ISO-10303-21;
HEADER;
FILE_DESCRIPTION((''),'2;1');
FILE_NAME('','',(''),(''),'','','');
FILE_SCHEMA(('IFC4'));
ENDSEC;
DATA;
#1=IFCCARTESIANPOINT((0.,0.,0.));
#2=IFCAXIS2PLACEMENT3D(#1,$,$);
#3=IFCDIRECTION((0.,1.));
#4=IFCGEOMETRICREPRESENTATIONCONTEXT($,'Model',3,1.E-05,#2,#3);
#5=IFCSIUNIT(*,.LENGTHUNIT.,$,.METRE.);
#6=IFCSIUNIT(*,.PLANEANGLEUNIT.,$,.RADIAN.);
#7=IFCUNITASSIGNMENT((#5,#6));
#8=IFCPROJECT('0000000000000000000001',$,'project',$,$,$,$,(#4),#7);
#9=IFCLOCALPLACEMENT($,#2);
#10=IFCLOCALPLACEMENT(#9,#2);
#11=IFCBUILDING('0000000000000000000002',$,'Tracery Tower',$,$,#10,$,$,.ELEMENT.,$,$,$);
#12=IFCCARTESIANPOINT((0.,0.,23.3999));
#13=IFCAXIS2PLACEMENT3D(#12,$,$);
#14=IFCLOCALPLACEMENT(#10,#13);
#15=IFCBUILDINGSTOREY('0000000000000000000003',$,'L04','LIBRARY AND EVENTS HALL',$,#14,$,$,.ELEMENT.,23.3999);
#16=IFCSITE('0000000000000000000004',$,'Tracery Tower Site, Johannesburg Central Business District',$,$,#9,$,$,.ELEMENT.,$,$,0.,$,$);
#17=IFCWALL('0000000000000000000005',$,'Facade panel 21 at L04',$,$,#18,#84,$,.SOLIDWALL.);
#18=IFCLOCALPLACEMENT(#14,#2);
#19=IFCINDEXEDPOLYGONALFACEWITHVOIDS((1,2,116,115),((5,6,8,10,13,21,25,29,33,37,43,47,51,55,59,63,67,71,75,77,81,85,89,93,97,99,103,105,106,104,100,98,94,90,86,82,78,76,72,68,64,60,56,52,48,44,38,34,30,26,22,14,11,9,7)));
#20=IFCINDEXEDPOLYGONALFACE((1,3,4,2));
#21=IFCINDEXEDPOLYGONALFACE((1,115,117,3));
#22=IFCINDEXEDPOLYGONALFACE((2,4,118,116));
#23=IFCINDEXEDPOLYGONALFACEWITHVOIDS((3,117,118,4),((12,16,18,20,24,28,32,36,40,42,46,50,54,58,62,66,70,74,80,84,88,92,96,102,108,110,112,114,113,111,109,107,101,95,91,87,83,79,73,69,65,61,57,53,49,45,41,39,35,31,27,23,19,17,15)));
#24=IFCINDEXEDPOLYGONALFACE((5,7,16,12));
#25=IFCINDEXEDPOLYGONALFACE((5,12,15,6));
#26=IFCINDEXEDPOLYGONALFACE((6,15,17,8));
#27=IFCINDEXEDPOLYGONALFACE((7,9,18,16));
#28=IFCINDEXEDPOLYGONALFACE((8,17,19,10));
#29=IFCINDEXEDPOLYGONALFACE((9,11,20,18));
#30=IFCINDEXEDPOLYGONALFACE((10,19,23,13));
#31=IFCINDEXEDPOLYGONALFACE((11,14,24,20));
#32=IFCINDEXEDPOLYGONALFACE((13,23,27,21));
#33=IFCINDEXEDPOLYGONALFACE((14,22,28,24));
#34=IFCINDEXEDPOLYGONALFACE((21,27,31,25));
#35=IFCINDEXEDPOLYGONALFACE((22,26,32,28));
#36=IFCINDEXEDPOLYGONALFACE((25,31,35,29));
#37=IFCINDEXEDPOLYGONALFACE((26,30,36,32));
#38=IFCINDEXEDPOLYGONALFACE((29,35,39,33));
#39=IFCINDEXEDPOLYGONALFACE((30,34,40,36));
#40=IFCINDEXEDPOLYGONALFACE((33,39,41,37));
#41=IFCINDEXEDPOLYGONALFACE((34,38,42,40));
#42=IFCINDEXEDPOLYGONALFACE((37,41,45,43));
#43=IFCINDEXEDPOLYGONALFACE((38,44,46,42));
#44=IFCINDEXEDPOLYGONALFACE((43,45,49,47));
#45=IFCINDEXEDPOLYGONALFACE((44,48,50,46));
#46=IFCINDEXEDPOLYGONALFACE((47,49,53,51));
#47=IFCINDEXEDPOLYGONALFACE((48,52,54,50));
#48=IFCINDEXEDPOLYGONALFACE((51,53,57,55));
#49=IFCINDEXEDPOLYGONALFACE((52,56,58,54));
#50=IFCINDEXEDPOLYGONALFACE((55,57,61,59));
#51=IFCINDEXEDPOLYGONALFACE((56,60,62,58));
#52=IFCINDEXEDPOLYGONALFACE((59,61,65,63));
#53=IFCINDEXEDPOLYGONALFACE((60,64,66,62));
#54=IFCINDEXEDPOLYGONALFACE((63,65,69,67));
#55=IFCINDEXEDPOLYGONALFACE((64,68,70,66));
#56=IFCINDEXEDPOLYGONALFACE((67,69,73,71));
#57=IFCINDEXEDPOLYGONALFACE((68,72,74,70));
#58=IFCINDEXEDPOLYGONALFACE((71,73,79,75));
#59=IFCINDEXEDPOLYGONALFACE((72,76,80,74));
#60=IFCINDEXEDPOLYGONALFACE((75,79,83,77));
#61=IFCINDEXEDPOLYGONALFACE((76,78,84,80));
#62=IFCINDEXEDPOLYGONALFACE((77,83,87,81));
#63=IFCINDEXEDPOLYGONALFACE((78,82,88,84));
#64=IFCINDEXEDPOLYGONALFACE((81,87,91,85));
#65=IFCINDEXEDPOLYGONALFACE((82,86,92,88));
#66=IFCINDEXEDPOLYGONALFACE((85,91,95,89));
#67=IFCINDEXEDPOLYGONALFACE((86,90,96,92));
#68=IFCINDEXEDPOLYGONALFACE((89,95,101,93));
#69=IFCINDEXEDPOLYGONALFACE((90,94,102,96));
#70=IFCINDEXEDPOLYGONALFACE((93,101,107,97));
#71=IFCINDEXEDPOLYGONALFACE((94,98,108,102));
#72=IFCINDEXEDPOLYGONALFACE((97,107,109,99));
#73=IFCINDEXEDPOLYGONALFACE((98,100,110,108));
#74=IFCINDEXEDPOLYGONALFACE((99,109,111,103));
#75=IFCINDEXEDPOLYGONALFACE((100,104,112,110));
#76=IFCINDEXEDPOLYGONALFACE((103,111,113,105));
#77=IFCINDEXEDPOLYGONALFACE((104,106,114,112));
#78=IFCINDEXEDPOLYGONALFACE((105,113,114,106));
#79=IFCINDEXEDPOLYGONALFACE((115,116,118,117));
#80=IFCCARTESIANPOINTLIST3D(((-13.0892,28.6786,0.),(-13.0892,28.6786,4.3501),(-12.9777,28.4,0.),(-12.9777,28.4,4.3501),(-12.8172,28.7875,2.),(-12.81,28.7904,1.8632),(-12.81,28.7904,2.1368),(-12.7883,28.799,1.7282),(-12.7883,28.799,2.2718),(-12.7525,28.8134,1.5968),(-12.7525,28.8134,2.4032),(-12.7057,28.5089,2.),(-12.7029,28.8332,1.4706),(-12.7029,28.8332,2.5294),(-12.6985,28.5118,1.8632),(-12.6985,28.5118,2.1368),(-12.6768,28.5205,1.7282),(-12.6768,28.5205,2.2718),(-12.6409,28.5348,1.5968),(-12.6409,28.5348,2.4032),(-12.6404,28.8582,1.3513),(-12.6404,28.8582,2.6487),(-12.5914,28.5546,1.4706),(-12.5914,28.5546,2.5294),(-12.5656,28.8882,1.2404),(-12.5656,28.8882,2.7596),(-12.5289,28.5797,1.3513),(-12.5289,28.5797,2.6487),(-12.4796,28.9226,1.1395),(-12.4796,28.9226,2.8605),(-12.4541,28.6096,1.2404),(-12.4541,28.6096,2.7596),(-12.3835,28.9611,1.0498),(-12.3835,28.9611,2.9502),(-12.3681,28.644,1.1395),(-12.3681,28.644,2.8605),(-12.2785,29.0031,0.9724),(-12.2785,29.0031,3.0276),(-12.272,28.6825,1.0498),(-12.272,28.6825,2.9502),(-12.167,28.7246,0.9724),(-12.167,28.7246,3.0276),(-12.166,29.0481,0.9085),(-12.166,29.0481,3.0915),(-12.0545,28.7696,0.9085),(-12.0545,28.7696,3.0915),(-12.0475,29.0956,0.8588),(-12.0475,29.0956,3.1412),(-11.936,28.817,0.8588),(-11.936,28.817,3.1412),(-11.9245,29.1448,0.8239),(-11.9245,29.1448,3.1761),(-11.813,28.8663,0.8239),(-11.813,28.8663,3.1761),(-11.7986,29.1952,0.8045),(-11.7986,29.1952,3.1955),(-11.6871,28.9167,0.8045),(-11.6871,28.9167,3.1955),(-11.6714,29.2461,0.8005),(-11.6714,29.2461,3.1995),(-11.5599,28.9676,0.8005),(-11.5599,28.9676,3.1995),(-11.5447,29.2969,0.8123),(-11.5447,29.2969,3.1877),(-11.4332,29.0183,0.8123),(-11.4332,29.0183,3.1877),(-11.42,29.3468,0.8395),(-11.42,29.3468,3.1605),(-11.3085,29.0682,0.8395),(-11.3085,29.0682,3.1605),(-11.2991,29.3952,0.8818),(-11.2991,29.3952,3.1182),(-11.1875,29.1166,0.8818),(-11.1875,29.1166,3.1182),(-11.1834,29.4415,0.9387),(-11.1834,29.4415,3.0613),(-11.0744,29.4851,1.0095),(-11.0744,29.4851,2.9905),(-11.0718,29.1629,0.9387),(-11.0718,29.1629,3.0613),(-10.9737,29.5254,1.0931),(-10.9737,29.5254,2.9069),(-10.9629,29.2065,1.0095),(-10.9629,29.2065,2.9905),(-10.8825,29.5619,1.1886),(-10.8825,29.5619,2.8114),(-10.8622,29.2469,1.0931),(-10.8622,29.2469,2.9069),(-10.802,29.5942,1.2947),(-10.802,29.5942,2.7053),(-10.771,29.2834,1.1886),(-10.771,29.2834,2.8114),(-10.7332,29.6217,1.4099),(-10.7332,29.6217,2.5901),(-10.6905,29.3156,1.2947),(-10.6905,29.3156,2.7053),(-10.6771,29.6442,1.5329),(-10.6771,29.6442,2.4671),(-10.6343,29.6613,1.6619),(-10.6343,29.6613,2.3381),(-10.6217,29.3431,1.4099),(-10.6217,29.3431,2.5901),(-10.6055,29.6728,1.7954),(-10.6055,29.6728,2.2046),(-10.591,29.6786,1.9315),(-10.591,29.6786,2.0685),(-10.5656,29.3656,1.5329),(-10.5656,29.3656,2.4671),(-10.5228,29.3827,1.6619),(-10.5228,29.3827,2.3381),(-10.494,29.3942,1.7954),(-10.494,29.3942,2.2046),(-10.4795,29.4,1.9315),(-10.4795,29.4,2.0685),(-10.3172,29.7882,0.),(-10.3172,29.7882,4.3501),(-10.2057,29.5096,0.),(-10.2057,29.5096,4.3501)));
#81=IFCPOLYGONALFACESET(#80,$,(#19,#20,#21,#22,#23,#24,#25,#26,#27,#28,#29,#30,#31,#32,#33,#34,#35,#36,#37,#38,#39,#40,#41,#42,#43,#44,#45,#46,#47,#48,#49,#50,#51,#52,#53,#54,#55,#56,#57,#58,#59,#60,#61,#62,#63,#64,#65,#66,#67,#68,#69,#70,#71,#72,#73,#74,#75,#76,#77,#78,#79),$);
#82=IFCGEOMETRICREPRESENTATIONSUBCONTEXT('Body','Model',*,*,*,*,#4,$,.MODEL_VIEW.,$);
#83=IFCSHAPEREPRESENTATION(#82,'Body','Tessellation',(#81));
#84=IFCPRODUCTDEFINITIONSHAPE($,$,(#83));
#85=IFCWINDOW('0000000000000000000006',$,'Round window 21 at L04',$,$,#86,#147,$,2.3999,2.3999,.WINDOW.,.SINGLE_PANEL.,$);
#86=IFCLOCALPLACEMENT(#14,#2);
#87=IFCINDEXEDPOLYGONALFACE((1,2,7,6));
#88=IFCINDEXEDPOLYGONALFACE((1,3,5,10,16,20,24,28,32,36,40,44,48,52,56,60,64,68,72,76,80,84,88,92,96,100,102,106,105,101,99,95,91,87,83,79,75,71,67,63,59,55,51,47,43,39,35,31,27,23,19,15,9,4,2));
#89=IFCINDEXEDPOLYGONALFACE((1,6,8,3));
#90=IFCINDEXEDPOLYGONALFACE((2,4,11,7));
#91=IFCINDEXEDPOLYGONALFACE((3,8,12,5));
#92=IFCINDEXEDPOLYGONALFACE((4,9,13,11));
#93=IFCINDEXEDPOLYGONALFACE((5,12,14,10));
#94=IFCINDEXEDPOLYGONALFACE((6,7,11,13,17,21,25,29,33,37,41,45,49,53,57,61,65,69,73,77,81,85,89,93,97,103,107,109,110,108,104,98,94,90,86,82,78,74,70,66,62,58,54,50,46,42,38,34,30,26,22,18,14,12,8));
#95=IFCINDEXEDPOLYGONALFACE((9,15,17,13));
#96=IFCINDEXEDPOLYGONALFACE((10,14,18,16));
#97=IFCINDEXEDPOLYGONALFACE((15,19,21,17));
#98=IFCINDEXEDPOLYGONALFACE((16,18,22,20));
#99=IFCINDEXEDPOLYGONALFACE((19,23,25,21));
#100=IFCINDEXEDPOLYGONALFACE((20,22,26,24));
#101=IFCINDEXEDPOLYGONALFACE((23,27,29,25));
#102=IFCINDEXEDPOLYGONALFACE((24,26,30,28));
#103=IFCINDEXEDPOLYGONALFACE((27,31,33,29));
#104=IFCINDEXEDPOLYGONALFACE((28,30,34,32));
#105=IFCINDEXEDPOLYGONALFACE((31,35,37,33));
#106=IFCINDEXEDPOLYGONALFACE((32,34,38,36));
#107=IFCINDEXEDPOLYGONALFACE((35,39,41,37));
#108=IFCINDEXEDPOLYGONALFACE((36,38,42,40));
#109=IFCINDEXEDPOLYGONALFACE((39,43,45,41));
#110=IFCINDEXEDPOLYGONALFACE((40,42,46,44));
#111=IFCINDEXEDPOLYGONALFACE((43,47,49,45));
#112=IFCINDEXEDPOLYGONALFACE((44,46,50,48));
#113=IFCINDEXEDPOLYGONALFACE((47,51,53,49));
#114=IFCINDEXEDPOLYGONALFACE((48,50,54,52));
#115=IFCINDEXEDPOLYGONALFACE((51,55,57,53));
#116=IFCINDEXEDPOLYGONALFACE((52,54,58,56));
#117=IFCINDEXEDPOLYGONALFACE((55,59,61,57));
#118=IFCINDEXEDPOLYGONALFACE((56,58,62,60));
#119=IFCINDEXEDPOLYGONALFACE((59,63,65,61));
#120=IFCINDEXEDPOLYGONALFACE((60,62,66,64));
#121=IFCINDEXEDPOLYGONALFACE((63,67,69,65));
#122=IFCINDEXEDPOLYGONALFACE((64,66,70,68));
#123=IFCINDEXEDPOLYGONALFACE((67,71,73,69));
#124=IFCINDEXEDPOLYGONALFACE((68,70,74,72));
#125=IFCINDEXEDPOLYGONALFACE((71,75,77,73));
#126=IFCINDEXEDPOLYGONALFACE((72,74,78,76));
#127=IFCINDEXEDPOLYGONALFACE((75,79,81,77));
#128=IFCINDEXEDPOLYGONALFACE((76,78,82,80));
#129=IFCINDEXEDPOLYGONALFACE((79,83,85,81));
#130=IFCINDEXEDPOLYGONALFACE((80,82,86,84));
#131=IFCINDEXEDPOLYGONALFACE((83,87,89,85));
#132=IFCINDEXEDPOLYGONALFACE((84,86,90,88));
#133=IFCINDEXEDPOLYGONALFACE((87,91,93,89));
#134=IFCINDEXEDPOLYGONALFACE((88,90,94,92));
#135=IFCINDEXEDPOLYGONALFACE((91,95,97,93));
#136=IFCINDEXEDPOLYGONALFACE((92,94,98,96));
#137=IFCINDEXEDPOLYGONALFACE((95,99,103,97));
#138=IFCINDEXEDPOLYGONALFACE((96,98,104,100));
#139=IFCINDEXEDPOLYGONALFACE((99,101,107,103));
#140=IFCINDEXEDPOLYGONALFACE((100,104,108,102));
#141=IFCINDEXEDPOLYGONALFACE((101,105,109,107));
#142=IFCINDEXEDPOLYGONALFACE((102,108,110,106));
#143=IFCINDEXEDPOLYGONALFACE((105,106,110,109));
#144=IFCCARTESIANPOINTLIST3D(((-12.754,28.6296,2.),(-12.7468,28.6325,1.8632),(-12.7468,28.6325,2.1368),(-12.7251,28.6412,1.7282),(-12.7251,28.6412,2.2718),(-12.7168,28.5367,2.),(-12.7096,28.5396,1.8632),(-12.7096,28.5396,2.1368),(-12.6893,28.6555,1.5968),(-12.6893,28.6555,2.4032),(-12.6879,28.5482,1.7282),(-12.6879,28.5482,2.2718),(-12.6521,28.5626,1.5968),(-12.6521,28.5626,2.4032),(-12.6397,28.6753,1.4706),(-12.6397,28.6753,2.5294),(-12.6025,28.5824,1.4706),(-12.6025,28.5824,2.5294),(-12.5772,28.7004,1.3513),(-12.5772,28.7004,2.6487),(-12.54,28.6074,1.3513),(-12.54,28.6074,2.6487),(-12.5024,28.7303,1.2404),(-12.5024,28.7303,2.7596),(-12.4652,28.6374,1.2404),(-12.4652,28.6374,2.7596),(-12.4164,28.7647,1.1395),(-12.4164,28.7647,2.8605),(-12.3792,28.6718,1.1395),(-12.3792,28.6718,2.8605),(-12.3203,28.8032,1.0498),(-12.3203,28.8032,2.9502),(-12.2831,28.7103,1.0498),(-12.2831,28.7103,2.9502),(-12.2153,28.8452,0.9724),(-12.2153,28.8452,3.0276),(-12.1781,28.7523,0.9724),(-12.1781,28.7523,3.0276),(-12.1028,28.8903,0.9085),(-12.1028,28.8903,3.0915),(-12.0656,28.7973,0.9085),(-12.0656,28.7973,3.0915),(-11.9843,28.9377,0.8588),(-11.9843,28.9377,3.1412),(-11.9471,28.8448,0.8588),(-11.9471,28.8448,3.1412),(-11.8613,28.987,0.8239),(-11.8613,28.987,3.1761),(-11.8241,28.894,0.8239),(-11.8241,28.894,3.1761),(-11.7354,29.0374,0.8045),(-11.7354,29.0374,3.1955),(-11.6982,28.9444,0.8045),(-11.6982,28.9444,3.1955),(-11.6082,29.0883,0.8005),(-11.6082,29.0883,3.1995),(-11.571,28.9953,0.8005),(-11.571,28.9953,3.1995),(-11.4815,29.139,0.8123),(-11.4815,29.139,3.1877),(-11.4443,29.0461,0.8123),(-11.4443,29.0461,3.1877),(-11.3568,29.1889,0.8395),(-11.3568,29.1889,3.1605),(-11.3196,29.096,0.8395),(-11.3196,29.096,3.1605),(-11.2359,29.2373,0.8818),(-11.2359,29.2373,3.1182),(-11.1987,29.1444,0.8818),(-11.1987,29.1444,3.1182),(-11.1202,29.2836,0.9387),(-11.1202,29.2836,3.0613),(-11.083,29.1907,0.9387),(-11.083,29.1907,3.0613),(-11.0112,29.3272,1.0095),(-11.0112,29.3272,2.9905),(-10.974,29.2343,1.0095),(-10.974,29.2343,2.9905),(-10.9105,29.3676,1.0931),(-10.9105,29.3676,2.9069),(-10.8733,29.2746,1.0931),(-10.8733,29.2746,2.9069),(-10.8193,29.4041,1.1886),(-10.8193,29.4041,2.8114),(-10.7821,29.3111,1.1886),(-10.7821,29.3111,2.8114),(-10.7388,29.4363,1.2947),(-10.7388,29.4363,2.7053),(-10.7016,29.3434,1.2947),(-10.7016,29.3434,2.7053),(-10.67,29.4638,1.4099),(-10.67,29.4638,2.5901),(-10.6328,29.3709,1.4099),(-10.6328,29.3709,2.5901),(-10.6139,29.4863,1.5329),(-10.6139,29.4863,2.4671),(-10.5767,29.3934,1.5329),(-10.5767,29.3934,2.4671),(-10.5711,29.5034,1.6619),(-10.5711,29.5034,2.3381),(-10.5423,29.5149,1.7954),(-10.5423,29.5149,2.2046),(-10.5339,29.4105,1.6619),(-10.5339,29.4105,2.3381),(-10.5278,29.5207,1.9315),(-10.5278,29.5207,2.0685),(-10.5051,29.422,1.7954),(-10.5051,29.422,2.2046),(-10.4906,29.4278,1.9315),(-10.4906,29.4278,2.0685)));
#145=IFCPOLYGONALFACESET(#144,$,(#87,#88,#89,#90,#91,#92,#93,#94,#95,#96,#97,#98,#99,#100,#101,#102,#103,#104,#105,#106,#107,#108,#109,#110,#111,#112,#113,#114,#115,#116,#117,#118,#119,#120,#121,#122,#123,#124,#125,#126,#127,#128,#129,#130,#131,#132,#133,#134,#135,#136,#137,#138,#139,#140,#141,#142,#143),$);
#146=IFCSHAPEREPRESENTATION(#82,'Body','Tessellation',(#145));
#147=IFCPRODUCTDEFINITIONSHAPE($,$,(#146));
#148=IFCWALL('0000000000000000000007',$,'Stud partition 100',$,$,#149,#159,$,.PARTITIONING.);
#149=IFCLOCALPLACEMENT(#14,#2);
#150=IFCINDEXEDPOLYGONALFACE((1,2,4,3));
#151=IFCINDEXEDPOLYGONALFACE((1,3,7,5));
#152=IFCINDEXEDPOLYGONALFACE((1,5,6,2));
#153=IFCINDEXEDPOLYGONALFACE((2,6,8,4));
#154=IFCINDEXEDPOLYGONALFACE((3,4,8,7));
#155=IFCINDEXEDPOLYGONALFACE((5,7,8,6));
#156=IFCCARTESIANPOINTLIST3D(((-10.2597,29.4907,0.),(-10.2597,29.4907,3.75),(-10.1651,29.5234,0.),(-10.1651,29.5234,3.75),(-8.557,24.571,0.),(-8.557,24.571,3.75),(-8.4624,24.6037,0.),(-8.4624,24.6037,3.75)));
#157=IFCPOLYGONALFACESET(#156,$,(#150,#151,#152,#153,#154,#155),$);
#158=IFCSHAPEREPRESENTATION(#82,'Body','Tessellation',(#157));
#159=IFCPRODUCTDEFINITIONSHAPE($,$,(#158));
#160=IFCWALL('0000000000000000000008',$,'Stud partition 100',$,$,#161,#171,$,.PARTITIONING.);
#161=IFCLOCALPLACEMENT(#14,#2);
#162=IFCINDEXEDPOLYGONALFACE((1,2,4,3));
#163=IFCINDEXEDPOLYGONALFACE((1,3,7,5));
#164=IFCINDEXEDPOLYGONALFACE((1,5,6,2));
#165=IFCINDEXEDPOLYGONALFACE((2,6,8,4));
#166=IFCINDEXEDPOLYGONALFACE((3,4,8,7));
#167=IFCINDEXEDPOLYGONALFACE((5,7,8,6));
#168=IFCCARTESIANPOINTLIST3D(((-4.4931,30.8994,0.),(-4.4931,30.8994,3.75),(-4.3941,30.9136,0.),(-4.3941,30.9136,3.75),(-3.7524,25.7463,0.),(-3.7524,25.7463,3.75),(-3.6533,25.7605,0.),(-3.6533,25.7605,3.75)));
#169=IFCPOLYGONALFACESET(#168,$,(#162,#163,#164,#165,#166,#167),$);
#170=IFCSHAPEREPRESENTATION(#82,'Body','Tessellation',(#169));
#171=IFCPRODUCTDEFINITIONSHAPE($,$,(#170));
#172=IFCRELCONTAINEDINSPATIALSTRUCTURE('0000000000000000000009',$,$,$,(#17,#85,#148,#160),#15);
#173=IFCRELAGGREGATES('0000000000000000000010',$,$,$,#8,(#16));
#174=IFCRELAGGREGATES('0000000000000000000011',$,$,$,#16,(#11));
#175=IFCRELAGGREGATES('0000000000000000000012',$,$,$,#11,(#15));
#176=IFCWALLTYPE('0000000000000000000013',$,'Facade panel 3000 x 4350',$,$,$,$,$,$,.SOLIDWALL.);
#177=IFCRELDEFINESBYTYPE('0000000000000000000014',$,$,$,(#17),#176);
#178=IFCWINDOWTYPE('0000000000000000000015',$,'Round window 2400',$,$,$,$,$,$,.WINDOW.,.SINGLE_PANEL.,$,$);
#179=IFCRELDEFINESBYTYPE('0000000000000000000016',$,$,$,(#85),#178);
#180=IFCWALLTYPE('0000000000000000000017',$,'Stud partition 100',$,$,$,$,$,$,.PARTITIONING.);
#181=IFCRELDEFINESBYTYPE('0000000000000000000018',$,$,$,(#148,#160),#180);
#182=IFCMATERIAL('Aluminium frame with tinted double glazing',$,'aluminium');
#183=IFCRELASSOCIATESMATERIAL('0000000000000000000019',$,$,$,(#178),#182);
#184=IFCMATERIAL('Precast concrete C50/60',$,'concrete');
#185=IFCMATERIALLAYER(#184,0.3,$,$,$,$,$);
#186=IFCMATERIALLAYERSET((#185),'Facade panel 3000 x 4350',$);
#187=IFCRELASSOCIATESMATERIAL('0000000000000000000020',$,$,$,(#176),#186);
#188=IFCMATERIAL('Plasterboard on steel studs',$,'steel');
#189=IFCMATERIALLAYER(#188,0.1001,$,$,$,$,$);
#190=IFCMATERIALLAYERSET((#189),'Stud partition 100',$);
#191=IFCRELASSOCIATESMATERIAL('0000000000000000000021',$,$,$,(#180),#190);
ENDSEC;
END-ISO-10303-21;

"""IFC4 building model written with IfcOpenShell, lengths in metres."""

from ifc_helpers import new_model, si_unit, direction, frame, frame_2d, origin, origin_2d, place, context, subcontext, project, spatial, rectangle, circle, extrude, material, layer, layer_set, type_object, element, fill, save


model = new_model("IFC4")

# Units and contexts
model_context = context("Model", 3, precision=1e-05, world=origin(), true_north=direction((0.0, 1.0)))
body_context = subcontext(model_context, "Body", "Model", "MODEL_VIEW")
ifc_project = project(units=[si_unit("LENGTHUNIT", "METRE"), si_unit("PLANEANGLEUNIT", "RADIAN")], contexts=[model_context])

# Site, building, storey
site_placement = place(None, origin())
site = spatial("IfcSite", under=ifc_project, at=site_placement, Name="Tracery Tower Site, Johannesburg Central Business District", CompositionType="ELEMENT", RefElevation=0.0)
building_placement = place(site_placement, origin())
building = spatial("IfcBuilding", under=site, at=building_placement, Name="Tracery Tower", CompositionType="ELEMENT")
storey_placement = place(building_placement, frame((0.0, 0.0, 23.3999)))
storey = spatial("IfcBuildingStorey", under=building, at=storey_placement, Name="L04", Description="LIBRARY AND EVENTS HALL", CompositionType="ELEMENT", Elevation=23.3999)

# Wall, opening, window
ifc_material_1 = material(Name="Aluminium frame with tinted double glazing", Category="aluminium")
window_type = type_object("IfcWindowType", Name="Round window 2400", PartitioningType="SINGLE_PANEL", PredefinedType="WINDOW", material=ifc_material_1)
ifc_material_2 = material(Name="Precast concrete C50/60", Category="concrete")
ifc_layer_1 = layer(ifc_material_2, 0.3)
ifc_layer_set_1 = layer_set([ifc_layer_1], Name="Facade panel 3000 x 4350")
wall_type_1 = type_object("IfcWallType", Name="Facade panel 3000 x 4350", PredefinedType="SOLIDWALL", material=ifc_layer_set_1)
wall_1_placement = place(storey_placement, frame((-10.2615, 29.6489, 0.0), z_axis=(0.0, 0.0, 1.0), x_axis=(-0.928381, -0.37163, 0.0)))
wall_1 = element("IfcWall", 1, at=wall_1_placement, inside=storey, type_object=wall_type_1, Name="Facade panel 21 at L04", PredefinedType="SOLIDWALL", context=body_context, shape_type="SweptSolid", body=[
    extrude(rectangle(XDim=2.9858, YDim=0.3, at=frame_2d((1.4929, 0.0))), origin(), (0.0, 0.0, 1.0), 4.3501),
])
opening_1_placement = place(wall_1_placement, frame((1.4929, 0.0, 2.0)))
opening_1 = element("IfcOpeningElement", 2, at=opening_1_placement, cuts=wall_1, PredefinedType="OPENING", context=body_context, shape_type="SweptSolid", body=[
    extrude(circle(Radius=1.2, at=origin_2d()), frame((0.0, 0.1599, 0.0), z_axis=(0.0, -1.0, 0.0), x_axis=(1.0, 0.0, 0.0)), (0.0, 0.0, 1.0), 0.3201),
])
window_1_placement = place(opening_1_placement, origin())
window_1 = element("IfcWindow", 3, at=window_1_placement, inside=storey, type_object=window_type, Name="Round window 21 at L04", OverallHeight=2.3999, OverallWidth=2.3999, PartitioningType="SINGLE_PANEL", PredefinedType="WINDOW", context=body_context, shape_type="SweptSolid", body=[
    extrude(circle(Radius=1.2, at=origin_2d()), frame((0.0, 0.1201, 0.0), z_axis=(0.0, -1.0, 0.0), x_axis=(1.0, 0.0, 0.0)), (0.0, 0.0, 1.0), 0.1001),
])
fill(opening_1, window_1)

# Walls
ifc_material_3 = material(Name="Plasterboard on steel studs", Category="steel")
ifc_layer_2 = layer(ifc_material_3, 0.1001)
ifc_layer_set_2 = layer_set([ifc_layer_2], Name="Stud partition 100")
wall_type_2 = type_object("IfcWallType", Name="Stud partition 100", PredefinedType="PARTITIONING", material=ifc_layer_set_2)
for number, where, z_axis, x_axis, name in (
    (4, (-10.2124, 29.5071, 0.0), (0.0, 0.0, 1.0), (0.327054, -0.945006, 0.0), "Stud partition 100"),
    (5, (-4.4436, 30.9065, 0.0), (0.0, 0.0, 1.0), (0.142281, -0.989826, 0.0), "Stud partition 100"),
):
    element("IfcWall", number, at=place(storey_placement, frame(where, z_axis=z_axis, x_axis=x_axis)), inside=storey, type_object=wall_type_2, Name=name, PredefinedType="PARTITIONING", context=body_context, shape_type="SweptSolid", body=[
        extrude(rectangle(XDim=5.2061, YDim=0.1001, at=frame_2d((2.603, 0.0))), origin(), (0.0, 0.0, 1.0), 3.75),
    ])

save(model, "model.ifc")
